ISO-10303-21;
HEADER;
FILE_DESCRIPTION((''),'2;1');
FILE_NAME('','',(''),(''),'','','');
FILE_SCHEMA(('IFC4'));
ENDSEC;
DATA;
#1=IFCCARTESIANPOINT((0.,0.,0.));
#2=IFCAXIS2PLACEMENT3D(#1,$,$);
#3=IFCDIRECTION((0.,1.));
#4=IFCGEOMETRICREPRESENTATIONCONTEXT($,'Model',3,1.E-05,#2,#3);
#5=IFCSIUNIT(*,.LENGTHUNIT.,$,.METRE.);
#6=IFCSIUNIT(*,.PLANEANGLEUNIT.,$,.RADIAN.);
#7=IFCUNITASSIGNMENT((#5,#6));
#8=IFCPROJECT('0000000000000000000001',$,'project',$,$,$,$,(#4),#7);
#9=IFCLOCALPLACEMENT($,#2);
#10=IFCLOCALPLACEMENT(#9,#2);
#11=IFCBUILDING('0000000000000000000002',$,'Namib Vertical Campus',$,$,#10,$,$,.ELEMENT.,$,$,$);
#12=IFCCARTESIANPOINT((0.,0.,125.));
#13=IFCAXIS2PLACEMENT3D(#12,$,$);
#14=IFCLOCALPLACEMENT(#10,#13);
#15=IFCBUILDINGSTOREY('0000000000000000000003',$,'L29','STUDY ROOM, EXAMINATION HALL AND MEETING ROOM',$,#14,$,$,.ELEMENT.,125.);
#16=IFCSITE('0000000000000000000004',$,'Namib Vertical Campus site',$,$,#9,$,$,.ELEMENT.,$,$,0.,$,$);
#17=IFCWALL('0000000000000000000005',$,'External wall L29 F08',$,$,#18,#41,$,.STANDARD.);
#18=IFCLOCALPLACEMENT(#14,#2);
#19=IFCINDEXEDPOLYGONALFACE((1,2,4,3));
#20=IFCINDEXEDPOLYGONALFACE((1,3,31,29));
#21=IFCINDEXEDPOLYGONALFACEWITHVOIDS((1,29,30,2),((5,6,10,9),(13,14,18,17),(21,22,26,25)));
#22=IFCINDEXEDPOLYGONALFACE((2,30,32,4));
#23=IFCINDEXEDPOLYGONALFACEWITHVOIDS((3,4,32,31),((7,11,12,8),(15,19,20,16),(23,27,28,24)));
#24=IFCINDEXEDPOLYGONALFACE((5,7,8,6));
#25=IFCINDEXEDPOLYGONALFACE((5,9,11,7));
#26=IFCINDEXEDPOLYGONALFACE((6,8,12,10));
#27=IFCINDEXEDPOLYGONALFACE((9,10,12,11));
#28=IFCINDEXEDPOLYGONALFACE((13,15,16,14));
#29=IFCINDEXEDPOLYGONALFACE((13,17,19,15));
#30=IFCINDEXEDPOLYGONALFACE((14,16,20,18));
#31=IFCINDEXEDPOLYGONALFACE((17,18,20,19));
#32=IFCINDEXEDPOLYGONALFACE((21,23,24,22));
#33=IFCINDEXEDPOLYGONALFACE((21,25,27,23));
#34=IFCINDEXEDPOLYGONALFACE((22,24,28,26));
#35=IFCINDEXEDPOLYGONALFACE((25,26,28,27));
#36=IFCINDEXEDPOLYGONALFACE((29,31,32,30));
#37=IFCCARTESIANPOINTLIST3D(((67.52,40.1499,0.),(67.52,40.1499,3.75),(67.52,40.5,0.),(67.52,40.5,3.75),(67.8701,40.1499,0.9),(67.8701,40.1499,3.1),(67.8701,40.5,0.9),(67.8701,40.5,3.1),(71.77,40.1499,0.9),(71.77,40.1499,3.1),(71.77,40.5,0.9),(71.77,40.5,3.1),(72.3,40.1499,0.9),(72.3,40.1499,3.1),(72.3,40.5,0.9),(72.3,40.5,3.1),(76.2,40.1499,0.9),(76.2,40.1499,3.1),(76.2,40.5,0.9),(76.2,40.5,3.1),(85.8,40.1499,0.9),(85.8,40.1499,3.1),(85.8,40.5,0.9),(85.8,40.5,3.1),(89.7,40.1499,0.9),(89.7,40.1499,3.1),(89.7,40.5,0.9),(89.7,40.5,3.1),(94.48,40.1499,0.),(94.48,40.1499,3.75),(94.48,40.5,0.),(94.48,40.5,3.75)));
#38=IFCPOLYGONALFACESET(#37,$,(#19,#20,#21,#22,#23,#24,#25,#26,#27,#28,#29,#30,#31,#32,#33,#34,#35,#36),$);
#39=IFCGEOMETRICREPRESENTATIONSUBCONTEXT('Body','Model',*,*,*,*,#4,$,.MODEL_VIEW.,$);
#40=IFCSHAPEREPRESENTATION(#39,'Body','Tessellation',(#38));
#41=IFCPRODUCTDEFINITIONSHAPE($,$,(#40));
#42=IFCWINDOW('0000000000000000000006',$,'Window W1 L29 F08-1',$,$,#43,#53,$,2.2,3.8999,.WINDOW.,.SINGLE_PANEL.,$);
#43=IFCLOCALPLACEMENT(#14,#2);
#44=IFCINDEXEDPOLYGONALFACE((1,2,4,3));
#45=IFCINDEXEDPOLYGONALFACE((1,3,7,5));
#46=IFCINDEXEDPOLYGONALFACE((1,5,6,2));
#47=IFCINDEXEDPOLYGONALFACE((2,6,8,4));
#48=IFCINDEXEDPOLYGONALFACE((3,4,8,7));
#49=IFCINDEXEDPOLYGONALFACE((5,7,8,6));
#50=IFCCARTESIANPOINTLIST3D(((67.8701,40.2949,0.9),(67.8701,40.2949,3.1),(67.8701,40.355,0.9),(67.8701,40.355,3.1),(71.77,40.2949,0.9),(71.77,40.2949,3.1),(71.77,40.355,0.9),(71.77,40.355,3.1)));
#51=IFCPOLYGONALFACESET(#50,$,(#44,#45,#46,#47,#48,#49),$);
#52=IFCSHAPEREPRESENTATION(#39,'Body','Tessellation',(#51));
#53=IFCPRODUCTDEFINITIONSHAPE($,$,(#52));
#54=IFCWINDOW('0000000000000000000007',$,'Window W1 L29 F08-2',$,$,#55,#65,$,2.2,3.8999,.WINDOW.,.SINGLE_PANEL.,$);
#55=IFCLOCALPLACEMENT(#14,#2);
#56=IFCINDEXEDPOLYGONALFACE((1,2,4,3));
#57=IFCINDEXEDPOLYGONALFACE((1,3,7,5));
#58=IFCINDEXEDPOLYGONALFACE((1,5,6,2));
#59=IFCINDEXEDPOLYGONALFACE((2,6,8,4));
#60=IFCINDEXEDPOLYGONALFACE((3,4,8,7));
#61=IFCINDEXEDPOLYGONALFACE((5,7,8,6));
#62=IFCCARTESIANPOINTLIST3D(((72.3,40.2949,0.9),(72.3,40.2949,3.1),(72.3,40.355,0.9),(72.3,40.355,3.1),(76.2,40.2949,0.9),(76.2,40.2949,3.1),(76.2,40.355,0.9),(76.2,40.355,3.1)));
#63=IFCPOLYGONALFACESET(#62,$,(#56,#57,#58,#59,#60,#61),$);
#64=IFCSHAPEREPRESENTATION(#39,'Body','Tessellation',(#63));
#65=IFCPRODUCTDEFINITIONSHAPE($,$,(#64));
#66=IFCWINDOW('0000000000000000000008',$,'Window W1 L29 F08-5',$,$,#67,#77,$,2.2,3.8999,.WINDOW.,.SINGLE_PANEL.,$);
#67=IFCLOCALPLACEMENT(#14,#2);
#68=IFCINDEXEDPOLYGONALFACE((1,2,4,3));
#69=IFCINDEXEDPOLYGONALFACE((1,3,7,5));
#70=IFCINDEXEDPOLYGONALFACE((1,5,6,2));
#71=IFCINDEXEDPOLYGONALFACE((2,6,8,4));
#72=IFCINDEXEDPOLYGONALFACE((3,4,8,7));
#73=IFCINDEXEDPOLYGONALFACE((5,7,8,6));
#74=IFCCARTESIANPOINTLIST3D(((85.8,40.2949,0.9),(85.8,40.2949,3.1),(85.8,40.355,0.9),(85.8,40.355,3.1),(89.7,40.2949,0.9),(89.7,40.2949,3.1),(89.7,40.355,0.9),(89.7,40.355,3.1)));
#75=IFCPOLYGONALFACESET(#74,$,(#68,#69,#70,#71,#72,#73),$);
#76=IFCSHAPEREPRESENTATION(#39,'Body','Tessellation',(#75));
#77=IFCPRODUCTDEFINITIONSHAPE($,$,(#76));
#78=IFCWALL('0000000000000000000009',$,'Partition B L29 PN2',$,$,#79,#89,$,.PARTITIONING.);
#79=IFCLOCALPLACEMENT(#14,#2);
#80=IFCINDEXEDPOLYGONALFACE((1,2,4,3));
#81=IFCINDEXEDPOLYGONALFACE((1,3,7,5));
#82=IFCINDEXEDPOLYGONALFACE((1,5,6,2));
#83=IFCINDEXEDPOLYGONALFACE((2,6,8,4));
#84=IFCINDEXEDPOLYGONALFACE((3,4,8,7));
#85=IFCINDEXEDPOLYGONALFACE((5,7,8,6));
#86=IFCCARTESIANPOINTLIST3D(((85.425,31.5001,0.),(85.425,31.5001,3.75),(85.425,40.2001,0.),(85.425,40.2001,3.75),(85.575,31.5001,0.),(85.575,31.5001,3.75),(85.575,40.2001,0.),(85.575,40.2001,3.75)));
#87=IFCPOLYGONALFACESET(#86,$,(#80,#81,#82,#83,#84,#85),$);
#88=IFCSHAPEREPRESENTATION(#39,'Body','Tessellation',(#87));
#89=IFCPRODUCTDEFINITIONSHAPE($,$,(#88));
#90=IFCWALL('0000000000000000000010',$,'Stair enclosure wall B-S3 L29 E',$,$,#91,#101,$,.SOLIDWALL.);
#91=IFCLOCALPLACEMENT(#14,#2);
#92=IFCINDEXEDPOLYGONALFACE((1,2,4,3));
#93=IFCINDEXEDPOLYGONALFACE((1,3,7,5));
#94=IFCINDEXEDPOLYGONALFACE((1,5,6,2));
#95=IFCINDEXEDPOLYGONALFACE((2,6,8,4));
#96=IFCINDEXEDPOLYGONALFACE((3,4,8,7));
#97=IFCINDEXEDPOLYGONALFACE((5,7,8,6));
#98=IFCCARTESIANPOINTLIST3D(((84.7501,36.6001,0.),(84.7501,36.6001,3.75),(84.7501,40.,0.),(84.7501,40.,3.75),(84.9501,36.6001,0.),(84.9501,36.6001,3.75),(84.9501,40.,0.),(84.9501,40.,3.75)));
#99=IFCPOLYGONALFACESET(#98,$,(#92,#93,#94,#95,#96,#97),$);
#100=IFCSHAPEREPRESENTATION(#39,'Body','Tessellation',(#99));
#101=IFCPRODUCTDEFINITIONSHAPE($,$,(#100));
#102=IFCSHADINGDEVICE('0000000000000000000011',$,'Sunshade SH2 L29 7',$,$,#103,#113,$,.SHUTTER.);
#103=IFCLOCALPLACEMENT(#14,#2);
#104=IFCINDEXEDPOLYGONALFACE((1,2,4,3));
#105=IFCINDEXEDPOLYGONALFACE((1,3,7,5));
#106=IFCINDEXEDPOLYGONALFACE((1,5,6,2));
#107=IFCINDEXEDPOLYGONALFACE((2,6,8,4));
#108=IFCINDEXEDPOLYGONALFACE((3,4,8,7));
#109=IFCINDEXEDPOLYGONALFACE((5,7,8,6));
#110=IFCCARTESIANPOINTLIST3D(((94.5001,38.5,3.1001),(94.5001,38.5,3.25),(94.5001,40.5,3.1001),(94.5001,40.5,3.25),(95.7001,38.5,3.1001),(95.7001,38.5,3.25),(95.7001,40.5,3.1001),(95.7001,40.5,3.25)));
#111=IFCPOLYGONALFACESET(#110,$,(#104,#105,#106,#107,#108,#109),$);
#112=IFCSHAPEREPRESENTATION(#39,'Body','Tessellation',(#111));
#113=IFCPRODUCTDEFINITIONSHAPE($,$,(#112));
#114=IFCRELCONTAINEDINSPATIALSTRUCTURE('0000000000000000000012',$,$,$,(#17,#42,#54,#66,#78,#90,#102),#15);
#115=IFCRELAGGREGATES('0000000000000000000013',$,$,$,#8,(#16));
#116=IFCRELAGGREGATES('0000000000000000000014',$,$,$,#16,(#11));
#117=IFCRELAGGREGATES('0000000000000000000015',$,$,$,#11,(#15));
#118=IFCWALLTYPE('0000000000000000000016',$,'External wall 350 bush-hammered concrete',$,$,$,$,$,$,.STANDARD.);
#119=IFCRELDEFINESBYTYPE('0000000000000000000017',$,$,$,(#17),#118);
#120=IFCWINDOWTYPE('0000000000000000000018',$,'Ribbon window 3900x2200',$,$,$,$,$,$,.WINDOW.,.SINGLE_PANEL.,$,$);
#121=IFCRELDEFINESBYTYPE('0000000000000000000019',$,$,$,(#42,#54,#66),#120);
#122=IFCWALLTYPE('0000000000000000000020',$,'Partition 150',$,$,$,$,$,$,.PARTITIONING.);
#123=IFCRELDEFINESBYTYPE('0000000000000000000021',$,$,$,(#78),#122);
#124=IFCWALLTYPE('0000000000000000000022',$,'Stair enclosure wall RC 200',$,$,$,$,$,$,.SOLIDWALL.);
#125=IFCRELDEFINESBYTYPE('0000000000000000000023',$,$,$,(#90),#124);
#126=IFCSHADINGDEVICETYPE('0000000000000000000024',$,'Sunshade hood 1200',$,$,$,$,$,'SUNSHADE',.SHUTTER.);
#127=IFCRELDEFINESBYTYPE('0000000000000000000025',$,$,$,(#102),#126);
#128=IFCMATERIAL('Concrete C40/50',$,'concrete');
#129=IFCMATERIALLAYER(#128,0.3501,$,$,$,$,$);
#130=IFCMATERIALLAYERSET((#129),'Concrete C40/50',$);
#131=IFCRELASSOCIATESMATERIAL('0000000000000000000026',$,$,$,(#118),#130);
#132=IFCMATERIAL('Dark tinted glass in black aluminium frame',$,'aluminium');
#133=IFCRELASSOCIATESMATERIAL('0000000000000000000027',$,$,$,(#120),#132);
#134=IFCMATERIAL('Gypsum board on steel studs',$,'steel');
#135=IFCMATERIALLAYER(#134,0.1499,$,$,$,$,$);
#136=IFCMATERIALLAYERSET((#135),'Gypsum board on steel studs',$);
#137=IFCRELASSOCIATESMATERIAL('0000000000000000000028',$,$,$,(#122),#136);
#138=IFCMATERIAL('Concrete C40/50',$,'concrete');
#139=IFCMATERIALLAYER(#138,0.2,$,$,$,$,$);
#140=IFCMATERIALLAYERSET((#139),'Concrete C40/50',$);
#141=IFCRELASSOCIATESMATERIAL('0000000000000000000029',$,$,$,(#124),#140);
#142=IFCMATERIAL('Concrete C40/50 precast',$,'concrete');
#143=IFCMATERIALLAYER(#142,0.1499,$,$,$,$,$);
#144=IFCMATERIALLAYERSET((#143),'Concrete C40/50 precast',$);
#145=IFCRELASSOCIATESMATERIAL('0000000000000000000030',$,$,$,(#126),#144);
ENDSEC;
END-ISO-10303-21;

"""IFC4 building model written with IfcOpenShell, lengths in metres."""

from ifc_helpers import new_model, si_unit, direction, frame, frame_2d, origin, origin_2d, place, context, subcontext, project, spatial, rectangle, extrude, material, layer, layer_set, type_object, element, fill, save


model = new_model("IFC4")

# Units and contexts
model_context = context("Model", 3, precision=1e-05, world=origin(), true_north=direction((0.0, 1.0)))
body_context = subcontext(model_context, "Body", "Model", "MODEL_VIEW")
ifc_project = project(units=[si_unit("LENGTHUNIT", "METRE"), si_unit("PLANEANGLEUNIT", "RADIAN")], contexts=[model_context])

# Site, building, storey
site_placement = place(None, origin())
site = spatial("IfcSite", under=ifc_project, at=site_placement, Name="Namib Vertical Campus site", CompositionType="ELEMENT", RefElevation=0.0)
building_placement = place(site_placement, origin())
building = spatial("IfcBuilding", under=site, at=building_placement, Name="Namib Vertical Campus", CompositionType="ELEMENT")
storey_placement = place(building_placement, frame((0.0, 0.0, 125.0)))
storey = spatial("IfcBuildingStorey", under=building, at=storey_placement, Name="L29", Description="STUDY ROOM, EXAMINATION HALL AND MEETING ROOM", CompositionType="ELEMENT", Elevation=125.0)

# Shared definitions
ifc_material_1 = material(Name="Concrete C40/50", Category="concrete")
ifc_layer_1 = layer(ifc_material_1, 0.3501)
ifc_layer_set_1 = layer_set([ifc_layer_1], Name="Concrete C40/50")
wall_type_1 = type_object("IfcWallType", Name="External wall 350 bush-hammered concrete", PredefinedType="STANDARD", material=ifc_layer_set_1)

# Wall, openings, windows
wall_1_placement = place(storey_placement, frame((94.48, 40.325, 0.0), z_axis=(0.0, 0.0, 1.0), x_axis=(-1.0, 0.0, 0.0)))
wall_1 = element("IfcWall", 1, at=wall_1_placement, inside=storey, type_object=wall_type_1, Name="External wall L29 F08", PredefinedType="STANDARD", context=body_context, shape_type="SweptSolid", body=[
    extrude(rectangle(XDim=26.96, YDim=0.3501, at=frame_2d((13.48, 0.0))), origin(), (0.0, 0.0, 1.0), 3.75),
])
opening_1_placement = place(wall_1_placement, frame((22.71, 0.0, 0.8999)))
opening_1 = element("IfcOpeningElement", 2, at=opening_1_placement, cuts=wall_1, PredefinedType="OPENING", context=body_context, shape_type="SweptSolid", body=[
    extrude(rectangle(XDim=3.8999, YDim=2.2, at=frame_2d((1.95, 1.1001))), frame((0.0, 0.1851, 0.0), z_axis=(0.0, -1.0, 0.0), x_axis=(1.0, 0.0, 0.0)), (0.0, 0.0, 1.0), 0.3701),
])
opening_2_placement = place(wall_1_placement, frame((18.28, 0.0, 0.8999)))
opening_2 = element("IfcOpeningElement", 3, at=opening_2_placement, cuts=wall_1, PredefinedType="OPENING", context=body_context, shape_type="SweptSolid", body=[
    extrude(rectangle(XDim=3.8999, YDim=2.2, at=frame_2d((1.95, 1.1001))), frame((0.0, 0.1851, 0.0), z_axis=(0.0, -1.0, 0.0), x_axis=(1.0, 0.0, 0.0)), (0.0, 0.0, 1.0), 0.3701),
])
opening_3_placement = place(wall_1_placement, frame((4.78, 0.0, 0.8999)))
opening_3 = element("IfcOpeningElement", 4, at=opening_3_placement, cuts=wall_1, PredefinedType="OPENING", context=body_context, shape_type="SweptSolid", body=[
    extrude(rectangle(XDim=3.8999, YDim=2.2, at=frame_2d((1.95, 1.1001))), frame((0.0, 0.1851, 0.0), z_axis=(0.0, -1.0, 0.0), x_axis=(1.0, 0.0, 0.0)), (0.0, 0.0, 1.0), 0.3701),
])
ifc_material_2 = material(Name="Dark tinted glass in black aluminium frame", Category="aluminium")
window_type = type_object("IfcWindowType", Name="Ribbon window 3900x2200", PartitioningType="SINGLE_PANEL", PredefinedType="WINDOW", material=ifc_material_2)
window_1_placement = place(opening_1_placement, origin())
window_1 = element("IfcWindow", 5, at=window_1_placement, inside=storey, type_object=window_type, Name="Window W1 L29 F08-1", OverallHeight=2.2, OverallWidth=3.8999, PartitioningType="SINGLE_PANEL", PredefinedType="WINDOW", context=body_context, shape_type="SweptSolid", body=[
    extrude(rectangle(XDim=3.8999, YDim=2.2, at=frame_2d((1.95, 1.1001))), frame((0.0, 0.03, 0.0), z_axis=(0.0, -1.0, 0.0), x_axis=(1.0, 0.0, 0.0)), (0.0, 0.0, 1.0), 0.0601),
])
fill(opening_1, window_1)
window_2_placement = place(opening_2_placement, origin())
window_2 = element("IfcWindow", 6, at=window_2_placement, inside=storey, type_object=window_type, Name="Window W1 L29 F08-2", OverallHeight=2.2, OverallWidth=3.8999, PartitioningType="SINGLE_PANEL", PredefinedType="WINDOW", context=body_context, shape_type="SweptSolid", body=[
    extrude(rectangle(XDim=3.8999, YDim=2.2, at=frame_2d((1.95, 1.1001))), frame((0.0, 0.03, 0.0), z_axis=(0.0, -1.0, 0.0), x_axis=(1.0, 0.0, 0.0)), (0.0, 0.0, 1.0), 0.0601),
])
fill(opening_2, window_2)
window_3_placement = place(opening_3_placement, origin())
window_3 = element("IfcWindow", 7, at=window_3_placement, inside=storey, type_object=window_type, Name="Window W1 L29 F08-5", OverallHeight=2.2, OverallWidth=3.8999, PartitioningType="SINGLE_PANEL", PredefinedType="WINDOW", context=body_context, shape_type="SweptSolid", body=[
    extrude(rectangle(XDim=3.8999, YDim=2.2, at=frame_2d((1.95, 1.1001))), frame((0.0, 0.03, 0.0), z_axis=(0.0, -1.0, 0.0), x_axis=(1.0, 0.0, 0.0)), (0.0, 0.0, 1.0), 0.0601),
])
fill(opening_3, window_3)

# Walls
ifc_material_3 = material(Name="Gypsum board on steel studs", Category="steel")
ifc_layer_2 = layer(ifc_material_3, 0.1499)
ifc_layer_set_2 = layer_set([ifc_layer_2], Name="Gypsum board on steel studs")
wall_type_2 = type_object("IfcWallType", Name="Partition 150", PredefinedType="PARTITIONING", material=ifc_layer_set_2)
wall_2_placement = place(storey_placement, frame((85.5, 31.5, 0.0), z_axis=(0.0, 0.0, 1.0), x_axis=(0.0, 1.0, 0.0)))
element("IfcWall", 8, at=wall_2_placement, inside=storey, type_object=wall_type_2, Name="Partition B L29 PN2", PredefinedType="PARTITIONING", context=body_context, shape_type="SweptSolid", body=[
    extrude(rectangle(XDim=8.7, YDim=0.1499, at=frame_2d((4.3501, 0.0))), origin(), (0.0, 0.0, 1.0), 3.75),
])
ifc_material_4 = material(Name="Concrete C40/50", Category="concrete")
ifc_layer_3 = layer(ifc_material_4, 0.2)
ifc_layer_set_3 = layer_set([ifc_layer_3], Name="Concrete C40/50")
wall_type_3 = type_object("IfcWallType", Name="Stair enclosure wall RC 200", PredefinedType="SOLIDWALL", material=ifc_layer_set_3)
wall_3_placement = place(storey_placement, frame((84.8501, 36.6001, 0.0), z_axis=(0.0, 0.0, 1.0), x_axis=(0.0, 1.0, 0.0)))
element("IfcWall", 9, at=wall_3_placement, inside=storey, type_object=wall_type_3, Name="Stair enclosure wall B-S3 L29 E", PredefinedType="SOLIDWALL", context=body_context, shape_type="SweptSolid", body=[
    extrude(rectangle(XDim=3.3999, YDim=0.2, at=frame_2d((1.7, 0.0))), origin(), (0.0, 0.0, 1.0), 3.75),
])

# Shading device
ifc_material_5 = material(Name="Concrete C40/50 precast", Category="concrete")
ifc_layer_4 = layer(ifc_material_5, 0.1499)
ifc_layer_set_4 = layer_set([ifc_layer_4], Name="Concrete C40/50 precast")
shading_device_type = type_object("IfcShadingDeviceType", Name="Sunshade hood 1200", ElementType="SUNSHADE", PredefinedType="SHUTTER", material=ifc_layer_set_4)
shading_device_placement = place(storey_placement, frame((95.1001, 39.5, 3.1001), z_axis=(0.0, 0.0, 1.0), x_axis=(0.0, 1.0, 0.0)))
element("IfcShadingDevice", 10, at=shading_device_placement, inside=storey, type_object=shading_device_type, Name="Sunshade SH2 L29 7", PredefinedType="SHUTTER", context=body_context, shape_type="SweptSolid", body=[
    extrude(rectangle(XDim=2.0, YDim=1.2, at=origin_2d()), origin(), (0.0, 0.0, 1.0), 0.1499),
])

save(model, "model.ifc")
